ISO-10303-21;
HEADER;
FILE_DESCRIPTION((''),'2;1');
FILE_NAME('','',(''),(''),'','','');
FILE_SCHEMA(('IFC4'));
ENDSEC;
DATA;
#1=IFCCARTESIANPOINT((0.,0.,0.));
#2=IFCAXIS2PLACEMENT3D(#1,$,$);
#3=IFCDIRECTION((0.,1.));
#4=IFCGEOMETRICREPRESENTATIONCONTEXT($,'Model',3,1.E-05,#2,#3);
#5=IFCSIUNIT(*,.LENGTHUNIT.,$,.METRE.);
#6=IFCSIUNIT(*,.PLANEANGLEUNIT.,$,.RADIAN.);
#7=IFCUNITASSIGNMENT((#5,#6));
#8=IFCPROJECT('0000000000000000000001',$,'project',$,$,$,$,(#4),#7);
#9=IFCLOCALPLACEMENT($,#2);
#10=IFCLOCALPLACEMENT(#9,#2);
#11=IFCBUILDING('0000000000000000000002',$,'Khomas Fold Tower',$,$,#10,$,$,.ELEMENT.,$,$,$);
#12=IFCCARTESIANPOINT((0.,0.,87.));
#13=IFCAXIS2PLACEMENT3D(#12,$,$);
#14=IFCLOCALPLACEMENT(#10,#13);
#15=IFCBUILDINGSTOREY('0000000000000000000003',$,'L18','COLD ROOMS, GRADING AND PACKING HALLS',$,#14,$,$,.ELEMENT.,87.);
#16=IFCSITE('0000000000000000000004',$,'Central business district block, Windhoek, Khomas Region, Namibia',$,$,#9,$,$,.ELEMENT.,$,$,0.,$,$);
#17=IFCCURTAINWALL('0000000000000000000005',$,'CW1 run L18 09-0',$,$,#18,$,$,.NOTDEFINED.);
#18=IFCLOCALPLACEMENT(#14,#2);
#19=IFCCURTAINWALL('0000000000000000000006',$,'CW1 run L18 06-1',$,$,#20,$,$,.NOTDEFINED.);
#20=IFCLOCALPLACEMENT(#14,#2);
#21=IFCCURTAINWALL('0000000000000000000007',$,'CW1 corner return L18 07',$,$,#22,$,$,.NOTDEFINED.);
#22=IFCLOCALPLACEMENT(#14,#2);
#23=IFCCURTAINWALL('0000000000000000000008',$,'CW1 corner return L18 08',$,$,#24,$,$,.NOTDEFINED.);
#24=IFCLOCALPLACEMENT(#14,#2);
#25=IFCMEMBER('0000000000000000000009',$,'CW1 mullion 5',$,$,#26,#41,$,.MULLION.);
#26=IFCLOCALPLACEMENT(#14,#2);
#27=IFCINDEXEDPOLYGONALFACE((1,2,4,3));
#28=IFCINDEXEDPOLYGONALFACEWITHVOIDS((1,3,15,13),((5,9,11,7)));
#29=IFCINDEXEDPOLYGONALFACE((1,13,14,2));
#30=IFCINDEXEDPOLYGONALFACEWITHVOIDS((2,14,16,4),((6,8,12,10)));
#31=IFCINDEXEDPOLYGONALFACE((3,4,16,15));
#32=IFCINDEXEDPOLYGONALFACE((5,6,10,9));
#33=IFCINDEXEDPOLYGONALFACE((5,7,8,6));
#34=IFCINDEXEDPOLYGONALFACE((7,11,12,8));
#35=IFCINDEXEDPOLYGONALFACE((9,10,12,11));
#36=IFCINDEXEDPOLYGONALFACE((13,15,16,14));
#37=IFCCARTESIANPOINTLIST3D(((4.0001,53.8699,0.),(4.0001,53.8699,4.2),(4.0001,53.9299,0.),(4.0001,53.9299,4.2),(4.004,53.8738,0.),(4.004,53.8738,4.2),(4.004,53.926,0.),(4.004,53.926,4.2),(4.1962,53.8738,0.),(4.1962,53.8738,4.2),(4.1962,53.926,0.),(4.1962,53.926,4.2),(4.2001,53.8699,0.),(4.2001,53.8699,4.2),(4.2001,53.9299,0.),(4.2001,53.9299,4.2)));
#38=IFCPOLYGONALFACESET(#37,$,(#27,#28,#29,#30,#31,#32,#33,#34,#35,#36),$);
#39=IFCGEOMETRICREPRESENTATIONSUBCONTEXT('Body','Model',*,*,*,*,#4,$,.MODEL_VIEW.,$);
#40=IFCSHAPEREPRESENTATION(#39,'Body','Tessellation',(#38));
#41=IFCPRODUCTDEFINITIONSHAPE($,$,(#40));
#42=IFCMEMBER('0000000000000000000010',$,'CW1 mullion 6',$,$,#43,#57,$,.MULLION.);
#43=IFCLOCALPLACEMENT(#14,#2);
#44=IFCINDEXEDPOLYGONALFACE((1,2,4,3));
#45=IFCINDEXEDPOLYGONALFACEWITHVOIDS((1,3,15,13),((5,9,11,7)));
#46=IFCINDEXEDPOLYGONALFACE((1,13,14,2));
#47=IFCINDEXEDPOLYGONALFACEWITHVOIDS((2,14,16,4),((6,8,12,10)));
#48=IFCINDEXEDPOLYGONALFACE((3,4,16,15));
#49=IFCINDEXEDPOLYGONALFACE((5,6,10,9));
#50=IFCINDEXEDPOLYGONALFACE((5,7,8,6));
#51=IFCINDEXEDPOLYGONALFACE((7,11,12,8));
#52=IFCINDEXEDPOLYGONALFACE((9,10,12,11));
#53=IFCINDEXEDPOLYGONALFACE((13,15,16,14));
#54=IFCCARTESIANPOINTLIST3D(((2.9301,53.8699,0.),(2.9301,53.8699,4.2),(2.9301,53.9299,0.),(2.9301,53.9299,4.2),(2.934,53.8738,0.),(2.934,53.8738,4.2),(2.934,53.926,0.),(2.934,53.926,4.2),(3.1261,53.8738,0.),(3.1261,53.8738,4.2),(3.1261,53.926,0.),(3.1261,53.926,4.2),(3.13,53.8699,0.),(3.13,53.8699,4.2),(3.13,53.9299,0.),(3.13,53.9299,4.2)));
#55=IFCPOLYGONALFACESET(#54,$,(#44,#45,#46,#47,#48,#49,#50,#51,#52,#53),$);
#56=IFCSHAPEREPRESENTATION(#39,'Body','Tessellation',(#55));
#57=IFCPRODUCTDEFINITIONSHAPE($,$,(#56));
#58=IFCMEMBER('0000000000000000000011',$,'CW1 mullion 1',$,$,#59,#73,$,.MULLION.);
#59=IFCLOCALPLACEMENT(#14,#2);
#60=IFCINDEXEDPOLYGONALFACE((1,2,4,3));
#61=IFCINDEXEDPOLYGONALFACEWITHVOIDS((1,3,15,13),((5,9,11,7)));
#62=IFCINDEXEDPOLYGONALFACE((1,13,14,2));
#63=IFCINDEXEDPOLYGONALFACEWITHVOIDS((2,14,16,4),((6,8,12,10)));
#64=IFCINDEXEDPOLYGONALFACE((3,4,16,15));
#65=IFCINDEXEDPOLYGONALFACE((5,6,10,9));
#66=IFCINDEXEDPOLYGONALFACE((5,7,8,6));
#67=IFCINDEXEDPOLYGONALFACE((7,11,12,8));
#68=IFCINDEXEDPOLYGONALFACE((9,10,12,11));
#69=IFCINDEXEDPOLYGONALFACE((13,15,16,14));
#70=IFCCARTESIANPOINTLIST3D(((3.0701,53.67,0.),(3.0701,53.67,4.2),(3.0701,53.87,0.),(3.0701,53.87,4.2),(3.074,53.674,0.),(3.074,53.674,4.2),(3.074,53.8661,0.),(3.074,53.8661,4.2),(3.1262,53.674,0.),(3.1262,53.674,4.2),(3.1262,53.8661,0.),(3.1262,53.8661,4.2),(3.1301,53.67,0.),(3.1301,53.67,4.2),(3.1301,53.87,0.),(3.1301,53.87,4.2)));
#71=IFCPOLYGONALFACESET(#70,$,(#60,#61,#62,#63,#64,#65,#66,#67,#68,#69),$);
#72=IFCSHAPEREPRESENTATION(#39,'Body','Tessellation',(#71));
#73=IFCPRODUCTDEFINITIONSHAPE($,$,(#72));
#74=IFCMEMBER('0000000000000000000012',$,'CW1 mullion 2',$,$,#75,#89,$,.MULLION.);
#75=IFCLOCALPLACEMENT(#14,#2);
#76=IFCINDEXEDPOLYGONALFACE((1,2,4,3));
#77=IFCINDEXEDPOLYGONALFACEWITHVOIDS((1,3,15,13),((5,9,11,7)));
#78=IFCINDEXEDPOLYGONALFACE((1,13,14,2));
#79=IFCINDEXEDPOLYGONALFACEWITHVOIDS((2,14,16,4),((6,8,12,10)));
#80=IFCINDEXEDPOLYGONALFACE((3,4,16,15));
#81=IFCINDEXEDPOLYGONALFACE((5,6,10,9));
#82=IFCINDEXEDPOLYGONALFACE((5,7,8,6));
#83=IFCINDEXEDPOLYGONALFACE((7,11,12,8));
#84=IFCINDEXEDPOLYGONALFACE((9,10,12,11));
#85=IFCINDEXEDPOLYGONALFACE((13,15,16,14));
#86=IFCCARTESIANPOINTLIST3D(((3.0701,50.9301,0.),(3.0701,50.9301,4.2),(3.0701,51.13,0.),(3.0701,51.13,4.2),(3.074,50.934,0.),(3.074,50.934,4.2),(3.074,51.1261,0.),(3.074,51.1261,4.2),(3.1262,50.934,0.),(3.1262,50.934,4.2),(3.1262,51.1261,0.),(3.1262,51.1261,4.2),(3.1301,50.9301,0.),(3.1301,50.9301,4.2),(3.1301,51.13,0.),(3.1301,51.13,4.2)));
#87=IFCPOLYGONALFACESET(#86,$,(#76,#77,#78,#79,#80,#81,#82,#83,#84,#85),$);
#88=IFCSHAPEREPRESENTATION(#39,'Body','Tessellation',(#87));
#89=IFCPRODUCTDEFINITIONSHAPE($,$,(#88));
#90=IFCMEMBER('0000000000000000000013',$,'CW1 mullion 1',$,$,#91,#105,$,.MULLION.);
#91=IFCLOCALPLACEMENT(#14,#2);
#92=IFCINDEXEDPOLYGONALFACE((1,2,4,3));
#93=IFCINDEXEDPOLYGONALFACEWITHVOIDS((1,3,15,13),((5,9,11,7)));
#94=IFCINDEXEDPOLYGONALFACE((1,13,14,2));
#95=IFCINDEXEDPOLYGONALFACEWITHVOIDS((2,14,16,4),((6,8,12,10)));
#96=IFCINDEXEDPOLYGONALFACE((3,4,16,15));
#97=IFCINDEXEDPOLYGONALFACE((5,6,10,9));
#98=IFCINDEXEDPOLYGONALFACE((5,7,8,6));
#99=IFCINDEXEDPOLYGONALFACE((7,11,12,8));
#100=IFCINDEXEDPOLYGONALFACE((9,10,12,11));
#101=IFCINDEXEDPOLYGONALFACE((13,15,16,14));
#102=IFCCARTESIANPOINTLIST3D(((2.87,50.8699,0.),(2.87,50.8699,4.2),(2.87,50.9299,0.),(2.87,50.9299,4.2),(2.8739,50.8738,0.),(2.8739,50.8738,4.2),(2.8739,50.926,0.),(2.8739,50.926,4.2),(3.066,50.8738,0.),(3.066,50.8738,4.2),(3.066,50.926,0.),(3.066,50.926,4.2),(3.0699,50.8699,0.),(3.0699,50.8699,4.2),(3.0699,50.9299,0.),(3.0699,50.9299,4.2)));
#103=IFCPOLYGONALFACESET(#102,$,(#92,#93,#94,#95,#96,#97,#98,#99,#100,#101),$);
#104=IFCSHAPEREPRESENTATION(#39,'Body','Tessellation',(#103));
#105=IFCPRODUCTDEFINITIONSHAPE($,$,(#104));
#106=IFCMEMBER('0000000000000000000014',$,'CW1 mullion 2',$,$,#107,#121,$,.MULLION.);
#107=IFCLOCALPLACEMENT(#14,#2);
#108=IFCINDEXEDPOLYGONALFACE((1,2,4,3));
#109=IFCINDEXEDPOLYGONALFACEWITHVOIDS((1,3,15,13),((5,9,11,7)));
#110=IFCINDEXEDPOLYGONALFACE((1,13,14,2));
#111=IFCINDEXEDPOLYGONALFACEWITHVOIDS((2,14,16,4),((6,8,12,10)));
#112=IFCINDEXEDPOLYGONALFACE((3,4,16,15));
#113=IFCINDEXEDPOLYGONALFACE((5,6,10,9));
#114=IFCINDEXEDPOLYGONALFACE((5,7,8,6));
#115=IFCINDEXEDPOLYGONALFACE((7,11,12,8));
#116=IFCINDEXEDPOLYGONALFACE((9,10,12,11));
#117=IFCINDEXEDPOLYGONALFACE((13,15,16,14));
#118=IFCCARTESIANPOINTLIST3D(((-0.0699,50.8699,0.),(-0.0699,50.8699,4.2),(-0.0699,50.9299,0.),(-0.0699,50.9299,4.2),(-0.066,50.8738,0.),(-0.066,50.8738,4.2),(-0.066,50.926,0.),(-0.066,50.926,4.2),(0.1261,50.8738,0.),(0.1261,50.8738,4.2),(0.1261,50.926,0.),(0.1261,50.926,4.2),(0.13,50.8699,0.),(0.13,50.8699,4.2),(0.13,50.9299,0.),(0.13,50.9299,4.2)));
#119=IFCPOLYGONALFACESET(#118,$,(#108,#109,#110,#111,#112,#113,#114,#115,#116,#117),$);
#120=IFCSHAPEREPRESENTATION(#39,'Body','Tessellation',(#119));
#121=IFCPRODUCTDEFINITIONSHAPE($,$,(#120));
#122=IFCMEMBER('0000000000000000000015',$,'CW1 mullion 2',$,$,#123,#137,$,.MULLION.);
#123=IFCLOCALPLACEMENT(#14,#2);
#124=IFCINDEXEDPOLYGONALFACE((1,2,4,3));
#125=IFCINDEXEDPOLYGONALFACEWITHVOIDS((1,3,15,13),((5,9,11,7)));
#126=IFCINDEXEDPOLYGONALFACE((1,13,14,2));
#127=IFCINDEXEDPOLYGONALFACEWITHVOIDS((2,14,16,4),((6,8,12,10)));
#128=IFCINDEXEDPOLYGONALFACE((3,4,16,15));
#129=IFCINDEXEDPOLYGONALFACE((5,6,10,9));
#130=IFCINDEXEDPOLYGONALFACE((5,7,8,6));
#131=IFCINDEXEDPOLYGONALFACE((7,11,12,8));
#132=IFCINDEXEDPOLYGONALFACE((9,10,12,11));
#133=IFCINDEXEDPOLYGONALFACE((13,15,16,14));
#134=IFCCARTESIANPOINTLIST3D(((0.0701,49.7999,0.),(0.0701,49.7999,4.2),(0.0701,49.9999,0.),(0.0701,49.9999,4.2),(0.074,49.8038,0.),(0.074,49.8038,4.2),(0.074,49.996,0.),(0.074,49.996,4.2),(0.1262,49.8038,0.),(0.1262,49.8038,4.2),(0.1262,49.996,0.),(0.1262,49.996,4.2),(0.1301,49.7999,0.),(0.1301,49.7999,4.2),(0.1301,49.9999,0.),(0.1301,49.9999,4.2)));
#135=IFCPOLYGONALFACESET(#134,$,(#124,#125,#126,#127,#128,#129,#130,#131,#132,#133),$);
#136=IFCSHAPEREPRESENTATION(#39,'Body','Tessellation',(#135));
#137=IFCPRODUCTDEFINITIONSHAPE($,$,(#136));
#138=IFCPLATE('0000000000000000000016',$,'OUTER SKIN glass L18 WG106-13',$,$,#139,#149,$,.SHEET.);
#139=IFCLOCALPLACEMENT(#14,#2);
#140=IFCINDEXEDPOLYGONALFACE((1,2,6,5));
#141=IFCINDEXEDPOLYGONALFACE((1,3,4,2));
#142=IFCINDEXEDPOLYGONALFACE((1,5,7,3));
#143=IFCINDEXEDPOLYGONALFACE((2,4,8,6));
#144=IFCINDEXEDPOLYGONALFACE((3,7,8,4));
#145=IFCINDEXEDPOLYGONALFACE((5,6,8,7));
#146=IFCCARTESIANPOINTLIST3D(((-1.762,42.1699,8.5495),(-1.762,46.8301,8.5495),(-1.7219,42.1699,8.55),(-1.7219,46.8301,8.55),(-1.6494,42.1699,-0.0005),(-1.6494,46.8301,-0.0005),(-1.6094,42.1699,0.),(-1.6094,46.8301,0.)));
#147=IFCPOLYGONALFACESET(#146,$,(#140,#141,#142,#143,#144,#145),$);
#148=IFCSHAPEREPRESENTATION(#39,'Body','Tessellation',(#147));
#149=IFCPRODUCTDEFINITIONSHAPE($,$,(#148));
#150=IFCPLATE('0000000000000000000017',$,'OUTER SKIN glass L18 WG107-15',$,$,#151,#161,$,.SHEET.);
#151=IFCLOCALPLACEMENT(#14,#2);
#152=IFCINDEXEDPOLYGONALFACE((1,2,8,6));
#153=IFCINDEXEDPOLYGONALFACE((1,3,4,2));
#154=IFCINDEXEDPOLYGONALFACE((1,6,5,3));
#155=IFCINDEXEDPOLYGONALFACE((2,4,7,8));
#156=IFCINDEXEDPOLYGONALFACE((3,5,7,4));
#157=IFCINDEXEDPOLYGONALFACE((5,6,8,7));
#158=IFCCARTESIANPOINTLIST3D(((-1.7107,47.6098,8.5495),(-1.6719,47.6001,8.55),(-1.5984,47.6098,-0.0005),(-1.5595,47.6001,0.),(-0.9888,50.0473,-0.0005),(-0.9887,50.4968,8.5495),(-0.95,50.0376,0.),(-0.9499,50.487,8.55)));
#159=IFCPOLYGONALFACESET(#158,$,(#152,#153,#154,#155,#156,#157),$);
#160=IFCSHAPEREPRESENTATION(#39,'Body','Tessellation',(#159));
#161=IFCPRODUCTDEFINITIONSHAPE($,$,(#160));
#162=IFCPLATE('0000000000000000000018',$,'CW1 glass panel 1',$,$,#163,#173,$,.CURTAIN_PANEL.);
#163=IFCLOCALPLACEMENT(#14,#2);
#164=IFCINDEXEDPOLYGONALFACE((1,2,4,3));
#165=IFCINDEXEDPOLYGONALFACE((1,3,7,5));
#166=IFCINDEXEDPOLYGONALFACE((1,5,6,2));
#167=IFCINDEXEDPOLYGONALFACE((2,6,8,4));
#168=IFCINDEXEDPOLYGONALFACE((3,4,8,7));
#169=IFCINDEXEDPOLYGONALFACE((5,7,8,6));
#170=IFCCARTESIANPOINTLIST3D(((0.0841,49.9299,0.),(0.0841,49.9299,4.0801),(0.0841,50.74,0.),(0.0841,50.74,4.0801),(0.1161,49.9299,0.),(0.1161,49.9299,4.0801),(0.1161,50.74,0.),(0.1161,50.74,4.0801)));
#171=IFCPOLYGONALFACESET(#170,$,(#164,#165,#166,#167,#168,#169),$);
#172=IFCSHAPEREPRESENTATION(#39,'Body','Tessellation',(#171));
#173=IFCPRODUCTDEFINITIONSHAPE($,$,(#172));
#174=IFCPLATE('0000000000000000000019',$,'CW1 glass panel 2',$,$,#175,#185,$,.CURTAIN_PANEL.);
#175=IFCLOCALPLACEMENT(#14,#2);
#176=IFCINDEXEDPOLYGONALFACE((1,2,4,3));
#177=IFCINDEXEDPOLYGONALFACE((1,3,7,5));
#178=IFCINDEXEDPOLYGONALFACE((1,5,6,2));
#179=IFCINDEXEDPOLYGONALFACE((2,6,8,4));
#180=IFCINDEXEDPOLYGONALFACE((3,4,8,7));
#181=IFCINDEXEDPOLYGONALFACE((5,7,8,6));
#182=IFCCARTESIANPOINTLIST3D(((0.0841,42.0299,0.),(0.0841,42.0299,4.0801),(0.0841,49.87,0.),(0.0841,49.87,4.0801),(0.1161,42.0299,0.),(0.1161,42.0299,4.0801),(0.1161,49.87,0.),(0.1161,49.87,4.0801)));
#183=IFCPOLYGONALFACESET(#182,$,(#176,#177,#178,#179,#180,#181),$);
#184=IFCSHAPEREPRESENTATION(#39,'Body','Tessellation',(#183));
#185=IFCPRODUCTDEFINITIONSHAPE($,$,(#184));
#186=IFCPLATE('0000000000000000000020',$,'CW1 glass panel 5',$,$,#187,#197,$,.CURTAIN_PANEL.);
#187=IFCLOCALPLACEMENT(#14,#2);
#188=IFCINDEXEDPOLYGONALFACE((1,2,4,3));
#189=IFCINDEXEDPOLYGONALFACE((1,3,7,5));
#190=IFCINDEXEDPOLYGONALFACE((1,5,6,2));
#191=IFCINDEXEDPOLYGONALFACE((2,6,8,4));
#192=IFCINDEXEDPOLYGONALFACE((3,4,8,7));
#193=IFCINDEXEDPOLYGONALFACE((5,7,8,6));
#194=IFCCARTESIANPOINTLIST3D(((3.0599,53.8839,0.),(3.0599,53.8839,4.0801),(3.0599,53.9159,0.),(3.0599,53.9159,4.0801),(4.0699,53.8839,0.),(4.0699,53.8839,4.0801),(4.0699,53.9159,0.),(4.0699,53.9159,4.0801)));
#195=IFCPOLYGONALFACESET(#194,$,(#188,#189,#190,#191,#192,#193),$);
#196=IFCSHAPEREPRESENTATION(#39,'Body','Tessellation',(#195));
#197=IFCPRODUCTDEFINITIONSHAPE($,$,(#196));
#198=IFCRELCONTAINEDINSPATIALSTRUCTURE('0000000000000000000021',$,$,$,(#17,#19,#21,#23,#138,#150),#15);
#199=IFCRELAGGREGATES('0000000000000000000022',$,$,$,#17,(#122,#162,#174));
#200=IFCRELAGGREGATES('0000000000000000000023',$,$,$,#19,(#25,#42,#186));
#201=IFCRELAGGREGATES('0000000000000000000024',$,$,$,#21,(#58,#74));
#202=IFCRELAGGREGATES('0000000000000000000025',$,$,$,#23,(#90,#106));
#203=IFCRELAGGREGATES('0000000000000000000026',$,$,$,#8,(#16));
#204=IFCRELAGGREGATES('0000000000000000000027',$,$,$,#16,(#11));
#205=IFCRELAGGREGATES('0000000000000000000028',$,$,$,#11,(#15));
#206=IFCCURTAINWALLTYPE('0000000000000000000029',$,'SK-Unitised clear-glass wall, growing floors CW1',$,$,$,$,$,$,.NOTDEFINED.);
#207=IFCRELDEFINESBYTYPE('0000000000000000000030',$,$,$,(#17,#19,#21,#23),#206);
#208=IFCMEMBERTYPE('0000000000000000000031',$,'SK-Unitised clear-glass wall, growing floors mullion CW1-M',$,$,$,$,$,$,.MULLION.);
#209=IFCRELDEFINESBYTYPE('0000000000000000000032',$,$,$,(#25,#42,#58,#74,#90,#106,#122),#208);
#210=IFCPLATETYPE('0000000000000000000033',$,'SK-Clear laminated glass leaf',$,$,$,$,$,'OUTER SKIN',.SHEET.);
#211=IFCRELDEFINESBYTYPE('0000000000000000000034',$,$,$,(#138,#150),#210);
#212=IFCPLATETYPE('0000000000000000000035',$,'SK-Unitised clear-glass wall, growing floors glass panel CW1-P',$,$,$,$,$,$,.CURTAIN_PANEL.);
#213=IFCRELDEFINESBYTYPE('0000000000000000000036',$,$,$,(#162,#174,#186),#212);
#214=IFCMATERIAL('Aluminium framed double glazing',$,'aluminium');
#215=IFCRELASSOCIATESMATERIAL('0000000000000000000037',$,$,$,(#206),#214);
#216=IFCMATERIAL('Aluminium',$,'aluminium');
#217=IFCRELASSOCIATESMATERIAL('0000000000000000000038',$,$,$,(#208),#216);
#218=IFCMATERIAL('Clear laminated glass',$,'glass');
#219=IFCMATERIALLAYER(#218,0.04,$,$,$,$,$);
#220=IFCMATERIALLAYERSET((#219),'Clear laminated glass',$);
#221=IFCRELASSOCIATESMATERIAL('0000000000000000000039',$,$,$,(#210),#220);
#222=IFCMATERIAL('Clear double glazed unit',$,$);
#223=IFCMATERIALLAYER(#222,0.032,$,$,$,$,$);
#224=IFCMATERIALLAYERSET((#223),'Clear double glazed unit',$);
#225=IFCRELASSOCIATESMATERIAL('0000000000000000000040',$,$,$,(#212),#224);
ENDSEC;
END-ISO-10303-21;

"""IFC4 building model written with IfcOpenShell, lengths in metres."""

from ifc_helpers import new_model, si_unit, direction, frame, origin, origin_2d, place, context, subcontext, project, spatial, polyline, rectangle, hollow_rectangle, outline, extrude, source, transform, mapped, material, layer, layer_set, material_profile, profile_set, type_object, element, aggregate, save


model = new_model("IFC4")

# Units and contexts
model_context = context("Model", 3, precision=1e-05, world=origin(), true_north=direction((0.0, 1.0)))
body_context = subcontext(model_context, "Body", "Model", "MODEL_VIEW")
ifc_project = project(units=[si_unit("LENGTHUNIT", "METRE"), si_unit("PLANEANGLEUNIT", "RADIAN")], contexts=[model_context])

# Site, building, storey
site_placement = place(None, origin())
site = spatial("IfcSite", under=ifc_project, at=site_placement, Name="Central business district block, Windhoek, Khomas Region, Namibia", CompositionType="ELEMENT", RefElevation=0.0)
building_placement = place(site_placement, origin())
building = spatial("IfcBuilding", under=site, at=building_placement, Name="Khomas Fold Tower", CompositionType="ELEMENT")
storey_placement = place(building_placement, frame((0.0, 0.0, 87.0)))
storey = spatial("IfcBuildingStorey", under=building, at=storey_placement, Name="L18", Description="COLD ROOMS, GRADING AND PACKING HALLS", CompositionType="ELEMENT", Elevation=87.0)

# Curtain wall
ifc_material_1 = material(Name="Aluminium framed double glazing", Category="aluminium")
curtain_wall_type = type_object("IfcCurtainWallType", Name="SK-Unitised clear-glass wall, growing floors CW1", PredefinedType="NOTDEFINED", material=ifc_material_1)
curtain_wall_1_placement = place(storey_placement, origin())
curtain_wall_1 = element("IfcCurtainWall", 1, at=curtain_wall_1_placement, inside=storey, type_object=curtain_wall_type, Name="CW1 run L18 09-0", PredefinedType="NOTDEFINED")

# Curtain walls
curtain_wall_2_placement = place(storey_placement, origin())
curtain_wall_2 = element("IfcCurtainWall", 2, at=curtain_wall_2_placement, inside=storey, type_object=curtain_wall_type, Name="CW1 run L18 06-1", PredefinedType="NOTDEFINED")
curtain_wall_3_placement = place(storey_placement, origin())
curtain_wall_3 = element("IfcCurtainWall", 3, at=curtain_wall_3_placement, inside=storey, type_object=curtain_wall_type, Name="CW1 corner return L18 07", PredefinedType="NOTDEFINED")
curtain_wall_4_placement = place(storey_placement, origin())
curtain_wall_4 = element("IfcCurtainWall", 4, at=curtain_wall_4_placement, inside=storey, type_object=curtain_wall_type, Name="CW1 corner return L18 08", PredefinedType="NOTDEFINED")

# Members
ifc_material_2 = material(Name="Aluminium", Category="aluminium")
ifc_material_profile_1 = material_profile(ifc_material_2, hollow_rectangle(XDim=0.0601, YDim=0.2, WallThickness=0.0039, at=origin_2d()), Name="SK-Unitised clear-glass wall, growing floors mullion CW1-M")
ifc_profile_set_1 = profile_set([ifc_material_profile_1], Name="Aluminium")
member_type_1 = type_object("IfcMemberType", Name="SK-Unitised clear-glass wall, growing floors mullion CW1-M", PredefinedType="MULLION", material=ifc_profile_set_1)
shared_shape_1 = source(origin(), body_context, "Body", "SweptSolid", [
    extrude(hollow_rectangle(XDim=0.0601, YDim=0.2, WallThickness=0.0039, at=origin_2d()), origin(), (0.0, 0.0, 1.0), 4.2),
])
member_1_placement = place(storey_placement, frame((4.1001, 53.8999, 0.0), z_axis=(0.0, 0.0, 1.0), x_axis=(0.0, -1.0, 0.0)))
member_1 = element("IfcMember", 5, at=member_1_placement, type_object=member_type_1, Name="CW1 mullion 5", PredefinedType="MULLION", context=body_context, shape_type="MappedRepresentation", body=[
    mapped(shared_shape_1, transform((0.0, 0.0, 0.0))),
])
member_2_placement = place(storey_placement, frame((3.03, 53.8999, 0.0), z_axis=(0.0, 0.0, 1.0), x_axis=(0.0, -1.0, 0.0)))
member_2 = element("IfcMember", 6, at=member_2_placement, type_object=member_type_1, Name="CW1 mullion 6", PredefinedType="MULLION", context=body_context, shape_type="MappedRepresentation", body=[
    mapped(shared_shape_1, transform((0.0, 0.0, 0.0))),
])
member_3_placement = place(storey_placement, frame((3.1001, 53.77, 0.0), z_axis=(0.0, 0.0, 1.0), x_axis=(1.0, 0.0, 0.0)))
member_3 = element("IfcMember", 7, at=member_3_placement, type_object=member_type_1, Name="CW1 mullion 1", PredefinedType="MULLION", context=body_context, shape_type="MappedRepresentation", body=[
    mapped(shared_shape_1, transform((0.0, 0.0, 0.0))),
])
member_4_placement = place(storey_placement, frame((3.1001, 51.03, 0.0), z_axis=(0.0, 0.0, 1.0), x_axis=(1.0, 0.0, 0.0)))
member_4 = element("IfcMember", 8, at=member_4_placement, type_object=member_type_1, Name="CW1 mullion 2", PredefinedType="MULLION", context=body_context, shape_type="MappedRepresentation", body=[
    mapped(shared_shape_1, transform((0.0, 0.0, 0.0))),
])
member_5_placement = place(storey_placement, frame((2.97, 50.8999, 0.0), z_axis=(0.0, 0.0, 1.0), x_axis=(0.0, -1.0, 0.0)))
member_5 = element("IfcMember", 9, at=member_5_placement, type_object=member_type_1, Name="CW1 mullion 1", PredefinedType="MULLION", context=body_context, shape_type="MappedRepresentation", body=[
    mapped(shared_shape_1, transform((0.0, 0.0, 0.0))),
])
member_6_placement = place(storey_placement, frame((0.03, 50.8999, 0.0), z_axis=(0.0, 0.0, 1.0), x_axis=(0.0, -1.0, 0.0)))
member_6 = element("IfcMember", 10, at=member_6_placement, type_object=member_type_1, Name="CW1 mullion 2", PredefinedType="MULLION", context=body_context, shape_type="MappedRepresentation", body=[
    mapped(shared_shape_1, transform((0.0, 0.0, 0.0))),
])
member_7_placement = place(storey_placement, frame((0.1001, 49.8999, 0.0), z_axis=(0.0, 0.0, 1.0), x_axis=(1.0, 0.0, 0.0)))
member_7 = element("IfcMember", 11, at=member_7_placement, type_object=member_type_1, Name="CW1 mullion 2", PredefinedType="MULLION", context=body_context, shape_type="MappedRepresentation", body=[
    mapped(shared_shape_1, transform((0.0, 0.0, 0.0))),
])

# Plates
ifc_material_3 = material(Name="Clear laminated glass", Category="glass")
ifc_layer_1 = layer(ifc_material_3, 0.04)
ifc_layer_set_1 = layer_set([ifc_layer_1], Name="Clear laminated glass")
plate_type_1 = type_object("IfcPlateType", Name="SK-Clear laminated glass leaf", ElementType="OUTER SKIN", PredefinedType="SHEET", material=ifc_layer_set_1)
plate_1_placement = place(storey_placement, frame((-1.7219, 46.8301, 8.55), z_axis=(0.999913, 0.0, 0.013162), x_axis=(0.013162, 0.0, -0.999913)))
element("IfcPlate", 12, at=plate_1_placement, inside=storey, type_object=plate_type_1, Name="OUTER SKIN glass L18 WG106-13", PredefinedType="SHEET", context=body_context, shape_type="SweptSolid", body=[
    extrude(outline(polyline([(0.0, 0.0), (8.5508, 0.0), (8.5508, -4.6602), (0.0, -4.6602), (0.0, 0.0)])), origin(), (0.0, 0.0, -1.0), 0.04),
])
plate_2_placement = place(storey_placement, frame((-1.6719, 47.6001, 8.55), z_axis=(0.970045, -0.242589, 0.012747), x_axis=(0.242609, 0.970124, 0.0)))
element("IfcPlate", 13, at=plate_2_placement, inside=storey, type_object=plate_type_1, Name="OUTER SKIN glass L18 WG107-15", PredefinedType="SHEET", context=body_context, shape_type="SweptSolid", body=[
    extrude(outline(polyline([(0.0, 0.0), (2.9759, 0.0), (2.5398, -8.5507), (0.0272, -8.5507), (0.0, 0.0)])), origin(), (0.0, 0.0, -1.0), 0.04),
])

# Plates
ifc_material_4 = material(Name="Clear double glazed unit")
ifc_layer_2 = layer(ifc_material_4, 0.032)
ifc_layer_set_2 = layer_set([ifc_layer_2], Name="Clear double glazed unit")
plate_type_2 = type_object("IfcPlateType", Name="SK-Unitised clear-glass wall, growing floors glass panel CW1-P", PredefinedType="CURTAIN_PANEL", material=ifc_layer_set_2)
shared_shape_2 = source(origin(), body_context, "Body", "SweptSolid", [
    extrude(rectangle(XDim=0.8101, YDim=0.032, at=origin_2d()), origin(), (0.0, 0.0, 1.0), 4.0801),
])
plate_3_placement = place(storey_placement, frame((0.1001, 50.335, 0.0), z_axis=(0.0, 0.0, 1.0), x_axis=(0.0, -1.0, 0.0)))
plate_3 = element("IfcPlate", 14, at=plate_3_placement, type_object=plate_type_2, Name="CW1 glass panel 1", PredefinedType="CURTAIN_PANEL", context=body_context, shape_type="MappedRepresentation", body=[
    mapped(shared_shape_2, transform((0.0, 0.0, 0.0))),
])
shared_shape_3 = source(origin(), body_context, "Body", "SweptSolid", [
    extrude(rectangle(XDim=7.8401, YDim=0.032, at=origin_2d()), origin(), (0.0, 0.0, 1.0), 4.0801),
])
plate_4_placement = place(storey_placement, frame((0.1001, 45.95, 0.0), z_axis=(0.0, 0.0, 1.0), x_axis=(0.0, -1.0, 0.0)))
plate_4 = element("IfcPlate", 15, at=plate_4_placement, type_object=plate_type_2, Name="CW1 glass panel 2", PredefinedType="CURTAIN_PANEL", context=body_context, shape_type="MappedRepresentation", body=[
    mapped(shared_shape_3, transform((0.0, 0.0, 0.0))),
])
aggregate(curtain_wall_1, [member_7, plate_3, plate_4])
shared_shape_4 = source(origin(), body_context, "Body", "SweptSolid", [
    extrude(rectangle(XDim=1.01, YDim=0.032, at=origin_2d()), origin(), (0.0, 0.0, 1.0), 4.0801),
])
plate_5_placement = place(storey_placement, frame((3.5649, 53.8999, 0.0), z_axis=(0.0, 0.0, 1.0), x_axis=(-1.0, 0.0, 0.0)))
plate_5 = element("IfcPlate", 16, at=plate_5_placement, type_object=plate_type_2, Name="CW1 glass panel 5", PredefinedType="CURTAIN_PANEL", context=body_context, shape_type="MappedRepresentation", body=[
    mapped(shared_shape_4, transform((0.0, 0.0, 0.0))),
])
aggregate(curtain_wall_2, [member_1, member_2, plate_5])
aggregate(curtain_wall_3, [member_3, member_4])
aggregate(curtain_wall_4, [member_5, member_6])

save(model, "model.ifc")
